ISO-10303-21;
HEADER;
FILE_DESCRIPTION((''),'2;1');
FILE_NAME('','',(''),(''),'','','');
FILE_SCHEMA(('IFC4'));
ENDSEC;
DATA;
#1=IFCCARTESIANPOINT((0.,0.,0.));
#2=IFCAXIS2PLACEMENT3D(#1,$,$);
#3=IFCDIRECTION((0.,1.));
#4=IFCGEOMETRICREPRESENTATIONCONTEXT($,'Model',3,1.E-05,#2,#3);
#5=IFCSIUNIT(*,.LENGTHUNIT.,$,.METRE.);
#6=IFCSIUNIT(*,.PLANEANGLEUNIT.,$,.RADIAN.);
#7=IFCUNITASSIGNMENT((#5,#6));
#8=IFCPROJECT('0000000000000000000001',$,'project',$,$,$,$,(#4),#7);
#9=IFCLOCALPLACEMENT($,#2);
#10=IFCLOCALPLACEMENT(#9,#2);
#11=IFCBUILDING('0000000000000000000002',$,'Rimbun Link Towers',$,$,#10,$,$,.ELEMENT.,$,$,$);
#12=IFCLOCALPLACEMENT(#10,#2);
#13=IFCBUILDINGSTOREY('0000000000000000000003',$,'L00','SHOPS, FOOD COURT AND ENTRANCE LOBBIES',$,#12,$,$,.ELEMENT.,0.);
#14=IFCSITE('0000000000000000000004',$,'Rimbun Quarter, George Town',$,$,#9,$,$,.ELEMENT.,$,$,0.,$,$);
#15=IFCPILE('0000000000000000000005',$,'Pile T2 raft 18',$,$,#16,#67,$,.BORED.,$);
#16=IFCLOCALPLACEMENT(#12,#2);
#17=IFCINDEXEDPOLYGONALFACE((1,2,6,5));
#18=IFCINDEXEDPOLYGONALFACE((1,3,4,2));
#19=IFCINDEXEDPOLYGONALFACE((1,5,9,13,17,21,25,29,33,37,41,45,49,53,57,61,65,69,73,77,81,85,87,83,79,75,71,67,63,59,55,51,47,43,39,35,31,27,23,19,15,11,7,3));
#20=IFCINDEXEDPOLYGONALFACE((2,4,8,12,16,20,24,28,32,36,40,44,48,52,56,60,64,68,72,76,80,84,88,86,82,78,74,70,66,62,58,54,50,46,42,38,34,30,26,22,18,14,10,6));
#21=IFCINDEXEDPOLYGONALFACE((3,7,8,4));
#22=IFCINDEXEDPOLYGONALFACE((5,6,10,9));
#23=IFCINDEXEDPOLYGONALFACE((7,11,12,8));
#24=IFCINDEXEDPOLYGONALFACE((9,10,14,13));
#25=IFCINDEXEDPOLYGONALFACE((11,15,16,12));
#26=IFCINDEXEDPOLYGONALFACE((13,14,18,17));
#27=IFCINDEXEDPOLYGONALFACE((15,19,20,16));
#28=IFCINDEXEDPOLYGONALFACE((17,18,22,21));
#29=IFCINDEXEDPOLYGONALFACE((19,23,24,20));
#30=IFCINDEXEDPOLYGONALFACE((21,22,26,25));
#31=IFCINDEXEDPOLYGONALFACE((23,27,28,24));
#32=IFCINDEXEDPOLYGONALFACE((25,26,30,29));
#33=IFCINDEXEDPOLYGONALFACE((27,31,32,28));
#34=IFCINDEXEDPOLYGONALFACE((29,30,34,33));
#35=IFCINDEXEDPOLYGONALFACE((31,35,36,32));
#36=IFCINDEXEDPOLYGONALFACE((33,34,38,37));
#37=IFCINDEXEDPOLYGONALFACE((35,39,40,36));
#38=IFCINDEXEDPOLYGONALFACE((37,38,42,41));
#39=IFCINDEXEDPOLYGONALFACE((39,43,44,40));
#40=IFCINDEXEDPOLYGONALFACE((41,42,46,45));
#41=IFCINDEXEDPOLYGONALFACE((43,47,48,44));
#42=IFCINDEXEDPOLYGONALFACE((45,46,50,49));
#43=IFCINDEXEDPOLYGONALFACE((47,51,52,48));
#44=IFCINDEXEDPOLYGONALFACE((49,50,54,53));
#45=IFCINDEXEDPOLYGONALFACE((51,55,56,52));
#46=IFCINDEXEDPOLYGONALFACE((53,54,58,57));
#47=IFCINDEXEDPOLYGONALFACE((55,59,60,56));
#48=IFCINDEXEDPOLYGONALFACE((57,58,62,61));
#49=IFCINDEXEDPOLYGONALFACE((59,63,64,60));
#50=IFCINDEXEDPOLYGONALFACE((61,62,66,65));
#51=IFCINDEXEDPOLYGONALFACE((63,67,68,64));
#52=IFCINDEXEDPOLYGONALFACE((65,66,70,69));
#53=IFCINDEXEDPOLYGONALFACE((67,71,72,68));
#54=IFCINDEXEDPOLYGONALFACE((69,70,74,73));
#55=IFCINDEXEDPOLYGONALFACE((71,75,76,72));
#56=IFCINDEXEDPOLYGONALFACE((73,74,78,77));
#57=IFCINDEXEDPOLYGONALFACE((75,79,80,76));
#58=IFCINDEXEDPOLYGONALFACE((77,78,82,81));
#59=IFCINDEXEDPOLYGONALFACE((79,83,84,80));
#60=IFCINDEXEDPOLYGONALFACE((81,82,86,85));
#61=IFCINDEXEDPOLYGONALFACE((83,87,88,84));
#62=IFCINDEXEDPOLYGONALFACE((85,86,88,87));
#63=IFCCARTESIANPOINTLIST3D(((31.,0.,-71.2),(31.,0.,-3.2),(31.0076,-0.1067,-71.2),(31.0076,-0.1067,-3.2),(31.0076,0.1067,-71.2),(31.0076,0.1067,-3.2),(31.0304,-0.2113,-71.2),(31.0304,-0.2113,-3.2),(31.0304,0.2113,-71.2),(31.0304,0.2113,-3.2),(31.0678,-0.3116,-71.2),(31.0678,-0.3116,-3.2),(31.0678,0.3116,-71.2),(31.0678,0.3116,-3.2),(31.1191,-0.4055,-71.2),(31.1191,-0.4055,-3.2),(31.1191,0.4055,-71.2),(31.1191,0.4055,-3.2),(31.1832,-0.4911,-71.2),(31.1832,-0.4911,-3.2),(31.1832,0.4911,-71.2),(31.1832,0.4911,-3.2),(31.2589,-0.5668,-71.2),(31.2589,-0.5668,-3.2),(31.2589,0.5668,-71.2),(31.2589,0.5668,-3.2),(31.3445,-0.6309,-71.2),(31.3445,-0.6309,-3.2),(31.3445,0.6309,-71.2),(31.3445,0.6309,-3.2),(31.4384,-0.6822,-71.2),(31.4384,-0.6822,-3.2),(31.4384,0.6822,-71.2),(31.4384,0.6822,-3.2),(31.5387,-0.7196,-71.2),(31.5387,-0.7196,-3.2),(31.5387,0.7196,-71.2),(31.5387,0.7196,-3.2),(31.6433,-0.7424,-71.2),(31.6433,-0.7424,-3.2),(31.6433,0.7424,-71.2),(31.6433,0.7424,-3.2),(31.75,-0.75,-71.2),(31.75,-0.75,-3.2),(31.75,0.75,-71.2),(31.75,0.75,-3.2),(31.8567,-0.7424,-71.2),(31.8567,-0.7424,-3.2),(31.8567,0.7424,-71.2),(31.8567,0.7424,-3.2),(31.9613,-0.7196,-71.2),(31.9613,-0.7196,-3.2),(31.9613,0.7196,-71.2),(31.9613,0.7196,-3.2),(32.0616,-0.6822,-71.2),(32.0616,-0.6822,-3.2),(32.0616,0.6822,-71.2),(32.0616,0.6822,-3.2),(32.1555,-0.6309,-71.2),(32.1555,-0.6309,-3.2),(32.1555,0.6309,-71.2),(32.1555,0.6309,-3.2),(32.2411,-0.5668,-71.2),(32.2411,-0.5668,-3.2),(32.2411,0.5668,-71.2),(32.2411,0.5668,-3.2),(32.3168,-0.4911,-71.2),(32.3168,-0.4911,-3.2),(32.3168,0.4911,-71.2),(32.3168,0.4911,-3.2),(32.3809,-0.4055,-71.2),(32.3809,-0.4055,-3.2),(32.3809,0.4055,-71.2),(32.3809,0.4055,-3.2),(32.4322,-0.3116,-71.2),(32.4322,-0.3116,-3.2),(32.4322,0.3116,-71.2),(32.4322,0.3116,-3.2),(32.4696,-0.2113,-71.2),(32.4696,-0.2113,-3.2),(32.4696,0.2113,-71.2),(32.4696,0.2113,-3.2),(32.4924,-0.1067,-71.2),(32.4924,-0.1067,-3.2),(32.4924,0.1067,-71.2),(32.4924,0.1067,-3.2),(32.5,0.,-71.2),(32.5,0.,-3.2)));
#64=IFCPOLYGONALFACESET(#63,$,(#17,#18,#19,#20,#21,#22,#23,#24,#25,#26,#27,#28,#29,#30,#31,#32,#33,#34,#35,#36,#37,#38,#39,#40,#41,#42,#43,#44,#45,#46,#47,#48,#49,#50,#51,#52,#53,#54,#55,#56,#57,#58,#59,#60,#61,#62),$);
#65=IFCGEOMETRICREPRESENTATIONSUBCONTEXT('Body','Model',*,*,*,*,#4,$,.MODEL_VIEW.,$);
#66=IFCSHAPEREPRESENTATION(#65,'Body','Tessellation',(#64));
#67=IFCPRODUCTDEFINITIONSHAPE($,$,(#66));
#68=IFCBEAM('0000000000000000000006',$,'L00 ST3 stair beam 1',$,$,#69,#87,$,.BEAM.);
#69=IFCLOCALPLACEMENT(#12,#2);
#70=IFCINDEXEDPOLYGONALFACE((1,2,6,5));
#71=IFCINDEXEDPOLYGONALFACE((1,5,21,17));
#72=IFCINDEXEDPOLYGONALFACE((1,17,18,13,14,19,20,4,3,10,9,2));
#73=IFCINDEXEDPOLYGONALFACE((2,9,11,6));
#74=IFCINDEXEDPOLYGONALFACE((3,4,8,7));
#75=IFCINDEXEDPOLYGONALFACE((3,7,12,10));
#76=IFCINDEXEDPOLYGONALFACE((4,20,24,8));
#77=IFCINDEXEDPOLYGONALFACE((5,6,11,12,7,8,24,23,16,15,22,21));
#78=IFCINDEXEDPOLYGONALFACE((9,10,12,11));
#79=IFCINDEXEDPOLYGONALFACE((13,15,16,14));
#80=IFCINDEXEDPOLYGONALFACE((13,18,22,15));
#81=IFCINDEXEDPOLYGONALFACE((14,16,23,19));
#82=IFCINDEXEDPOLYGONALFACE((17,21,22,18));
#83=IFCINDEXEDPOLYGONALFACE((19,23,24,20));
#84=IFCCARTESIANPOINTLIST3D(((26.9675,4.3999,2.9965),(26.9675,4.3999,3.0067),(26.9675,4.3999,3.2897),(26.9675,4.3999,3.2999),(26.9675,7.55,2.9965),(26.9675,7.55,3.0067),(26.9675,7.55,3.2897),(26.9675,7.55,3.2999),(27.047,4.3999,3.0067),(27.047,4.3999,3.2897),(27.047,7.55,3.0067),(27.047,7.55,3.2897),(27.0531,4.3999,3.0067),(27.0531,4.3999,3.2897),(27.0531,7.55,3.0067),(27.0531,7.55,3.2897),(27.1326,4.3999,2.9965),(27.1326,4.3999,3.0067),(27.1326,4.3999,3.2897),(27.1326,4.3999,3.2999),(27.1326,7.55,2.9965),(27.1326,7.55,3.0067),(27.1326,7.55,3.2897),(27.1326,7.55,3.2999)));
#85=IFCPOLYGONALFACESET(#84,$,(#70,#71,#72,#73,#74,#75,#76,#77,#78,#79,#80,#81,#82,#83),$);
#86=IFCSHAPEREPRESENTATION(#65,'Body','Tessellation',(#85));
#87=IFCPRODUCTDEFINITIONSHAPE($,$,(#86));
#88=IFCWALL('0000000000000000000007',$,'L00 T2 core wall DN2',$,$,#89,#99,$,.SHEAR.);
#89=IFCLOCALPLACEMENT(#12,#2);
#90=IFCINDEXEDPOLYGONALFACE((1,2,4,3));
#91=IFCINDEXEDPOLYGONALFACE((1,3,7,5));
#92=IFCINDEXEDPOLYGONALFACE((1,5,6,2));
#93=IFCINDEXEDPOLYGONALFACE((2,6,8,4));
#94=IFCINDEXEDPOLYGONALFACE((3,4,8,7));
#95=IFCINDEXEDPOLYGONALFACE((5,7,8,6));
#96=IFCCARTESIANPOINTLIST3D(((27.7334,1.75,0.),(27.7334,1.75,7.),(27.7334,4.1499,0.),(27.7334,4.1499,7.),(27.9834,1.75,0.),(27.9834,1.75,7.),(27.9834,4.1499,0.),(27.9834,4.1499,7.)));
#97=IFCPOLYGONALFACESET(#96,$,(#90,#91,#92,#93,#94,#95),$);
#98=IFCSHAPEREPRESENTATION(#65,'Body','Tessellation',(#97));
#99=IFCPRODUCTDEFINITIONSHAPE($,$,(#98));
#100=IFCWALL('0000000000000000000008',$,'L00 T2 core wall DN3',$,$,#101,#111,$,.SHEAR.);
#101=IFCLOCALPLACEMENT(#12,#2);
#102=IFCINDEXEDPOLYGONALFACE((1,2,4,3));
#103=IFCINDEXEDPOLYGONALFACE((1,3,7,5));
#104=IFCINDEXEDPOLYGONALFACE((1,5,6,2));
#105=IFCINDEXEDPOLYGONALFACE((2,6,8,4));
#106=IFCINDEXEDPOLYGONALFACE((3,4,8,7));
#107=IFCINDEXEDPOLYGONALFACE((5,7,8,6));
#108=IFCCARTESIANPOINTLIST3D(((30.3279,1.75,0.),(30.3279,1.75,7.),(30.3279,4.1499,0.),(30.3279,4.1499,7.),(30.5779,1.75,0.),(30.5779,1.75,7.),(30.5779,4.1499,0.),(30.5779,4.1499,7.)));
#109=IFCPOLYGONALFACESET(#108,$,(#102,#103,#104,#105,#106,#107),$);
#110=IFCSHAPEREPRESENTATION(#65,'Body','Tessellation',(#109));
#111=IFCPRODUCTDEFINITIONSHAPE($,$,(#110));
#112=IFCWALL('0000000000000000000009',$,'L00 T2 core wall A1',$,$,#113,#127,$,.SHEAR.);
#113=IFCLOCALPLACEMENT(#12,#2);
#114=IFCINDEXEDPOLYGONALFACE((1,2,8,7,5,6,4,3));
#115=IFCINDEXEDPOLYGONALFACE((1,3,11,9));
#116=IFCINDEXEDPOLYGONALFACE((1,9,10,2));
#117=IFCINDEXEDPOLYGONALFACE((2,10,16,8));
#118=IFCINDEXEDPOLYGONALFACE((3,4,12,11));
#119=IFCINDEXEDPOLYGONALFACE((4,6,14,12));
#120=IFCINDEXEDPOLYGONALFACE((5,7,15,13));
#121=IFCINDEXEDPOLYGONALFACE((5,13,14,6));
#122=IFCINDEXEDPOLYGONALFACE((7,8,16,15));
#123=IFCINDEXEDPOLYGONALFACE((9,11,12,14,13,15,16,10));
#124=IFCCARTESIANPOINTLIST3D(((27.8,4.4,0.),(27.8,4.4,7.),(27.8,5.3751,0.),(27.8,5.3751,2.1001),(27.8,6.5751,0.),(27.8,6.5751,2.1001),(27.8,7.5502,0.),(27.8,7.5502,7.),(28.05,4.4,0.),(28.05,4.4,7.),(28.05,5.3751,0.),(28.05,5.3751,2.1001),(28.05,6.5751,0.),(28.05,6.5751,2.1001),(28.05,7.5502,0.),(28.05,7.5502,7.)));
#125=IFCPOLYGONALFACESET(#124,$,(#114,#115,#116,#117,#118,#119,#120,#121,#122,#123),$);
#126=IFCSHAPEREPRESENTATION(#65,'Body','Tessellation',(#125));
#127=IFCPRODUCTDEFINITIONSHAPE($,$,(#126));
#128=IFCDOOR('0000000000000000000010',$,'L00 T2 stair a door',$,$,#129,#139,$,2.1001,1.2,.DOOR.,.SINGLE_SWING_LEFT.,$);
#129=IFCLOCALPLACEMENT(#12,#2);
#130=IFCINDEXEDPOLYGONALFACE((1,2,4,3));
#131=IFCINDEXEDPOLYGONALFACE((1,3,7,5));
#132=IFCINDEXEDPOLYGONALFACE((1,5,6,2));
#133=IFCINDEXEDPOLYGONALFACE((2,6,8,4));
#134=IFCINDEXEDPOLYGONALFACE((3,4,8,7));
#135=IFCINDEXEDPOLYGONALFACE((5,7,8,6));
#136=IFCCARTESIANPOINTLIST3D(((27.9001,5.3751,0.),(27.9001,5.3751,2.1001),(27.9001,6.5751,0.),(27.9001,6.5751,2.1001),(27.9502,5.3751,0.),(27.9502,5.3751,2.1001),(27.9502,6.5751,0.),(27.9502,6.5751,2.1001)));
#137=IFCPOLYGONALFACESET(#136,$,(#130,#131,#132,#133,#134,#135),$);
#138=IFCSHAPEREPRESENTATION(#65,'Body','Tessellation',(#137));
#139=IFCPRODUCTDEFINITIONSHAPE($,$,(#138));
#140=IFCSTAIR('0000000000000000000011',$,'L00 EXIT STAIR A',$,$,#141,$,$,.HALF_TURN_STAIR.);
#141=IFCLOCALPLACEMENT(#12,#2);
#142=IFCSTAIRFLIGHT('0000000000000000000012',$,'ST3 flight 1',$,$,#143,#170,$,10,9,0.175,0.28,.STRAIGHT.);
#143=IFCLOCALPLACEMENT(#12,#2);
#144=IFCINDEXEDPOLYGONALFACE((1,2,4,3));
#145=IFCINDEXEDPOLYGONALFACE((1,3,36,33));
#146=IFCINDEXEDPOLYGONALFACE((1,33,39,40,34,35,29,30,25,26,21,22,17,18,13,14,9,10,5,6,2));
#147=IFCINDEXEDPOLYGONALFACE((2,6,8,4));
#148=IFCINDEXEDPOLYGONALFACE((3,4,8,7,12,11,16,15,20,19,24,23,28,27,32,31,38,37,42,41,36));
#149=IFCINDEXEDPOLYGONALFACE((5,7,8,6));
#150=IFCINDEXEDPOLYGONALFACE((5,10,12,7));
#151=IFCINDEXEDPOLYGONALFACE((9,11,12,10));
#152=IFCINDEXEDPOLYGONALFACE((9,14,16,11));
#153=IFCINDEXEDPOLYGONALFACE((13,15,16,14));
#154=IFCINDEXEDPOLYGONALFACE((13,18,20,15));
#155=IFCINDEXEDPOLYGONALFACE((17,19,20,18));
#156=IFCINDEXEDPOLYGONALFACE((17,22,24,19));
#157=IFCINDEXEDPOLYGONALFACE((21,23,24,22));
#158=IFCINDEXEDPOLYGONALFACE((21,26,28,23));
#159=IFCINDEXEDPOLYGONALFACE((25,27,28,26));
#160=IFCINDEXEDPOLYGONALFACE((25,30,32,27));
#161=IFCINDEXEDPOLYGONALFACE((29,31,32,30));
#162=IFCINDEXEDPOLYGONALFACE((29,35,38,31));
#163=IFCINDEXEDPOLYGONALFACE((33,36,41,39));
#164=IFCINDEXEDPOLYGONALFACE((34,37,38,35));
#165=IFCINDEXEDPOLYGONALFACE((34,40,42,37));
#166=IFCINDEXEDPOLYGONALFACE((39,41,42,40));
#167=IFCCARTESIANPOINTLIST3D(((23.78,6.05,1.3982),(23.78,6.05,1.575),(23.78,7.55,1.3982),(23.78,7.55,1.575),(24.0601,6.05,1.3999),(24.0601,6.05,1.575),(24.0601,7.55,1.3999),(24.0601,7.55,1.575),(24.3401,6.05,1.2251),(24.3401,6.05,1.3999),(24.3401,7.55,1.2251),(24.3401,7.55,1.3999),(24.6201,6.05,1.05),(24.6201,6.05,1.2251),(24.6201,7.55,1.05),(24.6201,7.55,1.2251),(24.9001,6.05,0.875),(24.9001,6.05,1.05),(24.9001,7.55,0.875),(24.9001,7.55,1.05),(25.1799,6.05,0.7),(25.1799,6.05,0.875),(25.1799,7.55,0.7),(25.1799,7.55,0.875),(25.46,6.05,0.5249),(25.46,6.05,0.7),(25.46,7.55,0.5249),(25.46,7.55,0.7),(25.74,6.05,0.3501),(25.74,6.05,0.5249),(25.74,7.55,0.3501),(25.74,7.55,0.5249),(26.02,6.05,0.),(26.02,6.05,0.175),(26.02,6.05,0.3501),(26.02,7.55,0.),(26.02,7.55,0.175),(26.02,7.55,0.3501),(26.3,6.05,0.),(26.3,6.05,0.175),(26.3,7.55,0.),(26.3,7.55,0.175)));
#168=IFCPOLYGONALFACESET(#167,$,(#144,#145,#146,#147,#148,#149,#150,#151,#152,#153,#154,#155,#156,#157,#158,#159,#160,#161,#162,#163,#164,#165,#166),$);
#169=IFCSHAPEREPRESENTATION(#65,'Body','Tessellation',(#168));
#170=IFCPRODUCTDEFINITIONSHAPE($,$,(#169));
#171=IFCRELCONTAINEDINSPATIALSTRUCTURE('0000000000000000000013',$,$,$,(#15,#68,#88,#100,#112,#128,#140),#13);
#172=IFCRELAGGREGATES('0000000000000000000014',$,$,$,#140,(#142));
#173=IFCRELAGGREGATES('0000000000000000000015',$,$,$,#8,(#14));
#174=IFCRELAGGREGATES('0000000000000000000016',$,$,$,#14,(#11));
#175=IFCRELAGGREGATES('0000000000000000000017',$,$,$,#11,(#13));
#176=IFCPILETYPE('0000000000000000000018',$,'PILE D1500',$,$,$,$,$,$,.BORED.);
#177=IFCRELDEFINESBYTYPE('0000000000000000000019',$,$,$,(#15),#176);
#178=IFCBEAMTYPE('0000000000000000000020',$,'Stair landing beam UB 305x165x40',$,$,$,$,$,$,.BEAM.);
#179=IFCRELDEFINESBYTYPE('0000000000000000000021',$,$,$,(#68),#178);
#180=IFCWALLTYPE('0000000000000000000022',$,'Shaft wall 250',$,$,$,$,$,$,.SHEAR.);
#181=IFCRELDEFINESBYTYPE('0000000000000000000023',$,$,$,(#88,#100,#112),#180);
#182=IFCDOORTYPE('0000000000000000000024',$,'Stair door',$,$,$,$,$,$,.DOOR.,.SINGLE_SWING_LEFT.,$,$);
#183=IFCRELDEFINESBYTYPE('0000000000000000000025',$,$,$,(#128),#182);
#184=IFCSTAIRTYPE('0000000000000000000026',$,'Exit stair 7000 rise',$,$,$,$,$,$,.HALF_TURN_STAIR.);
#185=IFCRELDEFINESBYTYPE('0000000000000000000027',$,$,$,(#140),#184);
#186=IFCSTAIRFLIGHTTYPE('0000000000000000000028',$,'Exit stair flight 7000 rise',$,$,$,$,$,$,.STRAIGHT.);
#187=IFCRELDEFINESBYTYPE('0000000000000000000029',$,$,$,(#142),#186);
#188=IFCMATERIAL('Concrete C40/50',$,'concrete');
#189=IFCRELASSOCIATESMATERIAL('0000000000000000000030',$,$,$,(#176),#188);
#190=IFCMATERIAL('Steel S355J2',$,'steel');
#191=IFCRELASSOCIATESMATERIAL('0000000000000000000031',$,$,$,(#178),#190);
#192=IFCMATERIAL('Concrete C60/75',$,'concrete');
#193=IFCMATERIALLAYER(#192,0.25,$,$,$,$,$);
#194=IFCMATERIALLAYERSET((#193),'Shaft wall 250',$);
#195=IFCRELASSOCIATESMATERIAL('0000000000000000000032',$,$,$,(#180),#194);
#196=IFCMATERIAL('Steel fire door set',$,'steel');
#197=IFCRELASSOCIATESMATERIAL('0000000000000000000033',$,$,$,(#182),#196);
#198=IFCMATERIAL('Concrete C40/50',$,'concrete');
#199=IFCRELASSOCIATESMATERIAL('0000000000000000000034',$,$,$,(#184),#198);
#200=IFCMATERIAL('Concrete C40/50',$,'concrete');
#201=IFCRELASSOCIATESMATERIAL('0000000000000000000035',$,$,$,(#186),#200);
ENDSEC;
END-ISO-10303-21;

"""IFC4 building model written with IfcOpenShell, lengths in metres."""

from ifc_helpers import new_model, si_unit, direction, frame, frame_2d, origin, origin_2d, place, context, subcontext, project, spatial, polyline, rectangle, circle, i_section, outline, extrude, material, layer, layer_set, material_profile, profile_set, type_object, element, fill, aggregate, save


model = new_model("IFC4")

# Units and contexts
model_context = context("Model", 3, precision=1e-05, world=origin(), true_north=direction((0.0, 1.0)))
body_context = subcontext(model_context, "Body", "Model", "MODEL_VIEW")
ifc_project = project(units=[si_unit("LENGTHUNIT", "METRE"), si_unit("PLANEANGLEUNIT", "RADIAN")], contexts=[model_context])

# Site, building, storey
site_placement = place(None, origin())
site = spatial("IfcSite", under=ifc_project, at=site_placement, Name="Rimbun Quarter, George Town", CompositionType="ELEMENT", RefElevation=0.0)
building_placement = place(site_placement, origin())
building = spatial("IfcBuilding", under=site, at=building_placement, Name="Rimbun Link Towers", CompositionType="ELEMENT")
storey_placement = place(building_placement, origin())
storey = spatial("IfcBuildingStorey", under=building, at=storey_placement, Name="L00", Description="SHOPS, FOOD COURT AND ENTRANCE LOBBIES", CompositionType="ELEMENT", Elevation=0.0)

# Pile
ifc_material_1 = material(Name="Concrete C40/50", Category="concrete")
ifc_material_profile_1 = material_profile(ifc_material_1, circle(Radius=0.75, at=origin_2d()), Name="PILE D1500")
ifc_profile_set_1 = profile_set([ifc_material_profile_1], Name="Concrete C40/50")
pile_type = type_object("IfcPileType", Name="PILE D1500", PredefinedType="BORED", material=ifc_profile_set_1)
for number, where, z_axis, x_axis, name in (
    (1, (31.75, 0.0, -3.2), (0.0, 0.0, -1.0), (1.0, 0.0, 0.0), "Pile T2 raft 18"),
):
    element("IfcPile", number, at=place(storey_placement, frame(where, z_axis=z_axis, x_axis=x_axis)), inside=storey, type_object=pile_type, Name=name, PredefinedType="BORED", context=body_context, shape_type="SweptSolid", body=[
        extrude(circle(Radius=0.75, at=origin_2d()), origin(), (0.0, 0.0, 1.0), 68.0),
    ])

# Beam
ifc_material_2 = material(Name="Steel S355J2", Category="steel")
ifc_material_profile_2 = material_profile(ifc_material_2, i_section(OverallWidth=0.165, OverallDepth=0.3035, WebThickness=0.0061, FlangeThickness=0.0103, at=origin_2d()), Name="UB 305x165x40")
ifc_profile_set_2 = profile_set([ifc_material_profile_2], Name="Steel S355J2")
beam_type = type_object("IfcBeamType", Name="Stair landing beam UB 305x165x40", PredefinedType="BEAM", material=ifc_profile_set_2)
beam_placement = place(storey_placement, frame((27.05, 7.55, 3.1482), z_axis=(0.0, -1.0, 0.0), x_axis=(1.0, 0.0, 0.0)))
element("IfcBeam", 2, at=beam_placement, inside=storey, type_object=beam_type, Name="L00 ST3 stair beam 1", PredefinedType="BEAM", context=body_context, shape_type="SweptSolid", body=[
    extrude(i_section(OverallWidth=0.165, OverallDepth=0.3035, WebThickness=0.0061, FlangeThickness=0.0103, at=origin_2d()), origin(), (0.0, 0.0, 1.0), 3.1501),
])

# Walls
ifc_material_3 = material(Name="Concrete C60/75", Category="concrete")
ifc_layer = layer(ifc_material_3, 0.25)
ifc_layer_set = layer_set([ifc_layer], Name="Shaft wall 250")
wall_type = type_object("IfcWallType", Name="Shaft wall 250", PredefinedType="SHEAR", material=ifc_layer_set)
for number, where, z_axis, x_axis, name in (
    (3, (27.8584, 1.75, 0.0), (0.0, 0.0, 1.0), (0.0, 1.0, 0.0), "L00 T2 core wall DN2"),
    (4, (30.4529, 1.75, 0.0), (0.0, 0.0, 1.0), (0.0, 1.0, 0.0), "L00 T2 core wall DN3"),
):
    element("IfcWall", number, at=place(storey_placement, frame(where, z_axis=z_axis, x_axis=x_axis)), inside=storey, type_object=wall_type, Name=name, PredefinedType="SHEAR", context=body_context, shape_type="SweptSolid", body=[
        extrude(rectangle(XDim=2.3999, YDim=0.25, at=frame_2d((1.2, 0.0))), origin(), (0.0, 0.0, 1.0), 7.0),
    ])

# Wall, opening, door
wall_placement = place(storey_placement, frame((27.925, 4.3999, 0.0), z_axis=(0.0, 0.0, 1.0), x_axis=(0.0, 1.0, 0.0)))
wall = element("IfcWall", 5, at=wall_placement, inside=storey, type_object=wall_type, Name="L00 T2 core wall A1", PredefinedType="SHEAR", context=body_context, shape_type="SweptSolid", body=[
    extrude(rectangle(XDim=3.1501, YDim=0.25, at=frame_2d((1.5752, 0.0))), origin(), (0.0, 0.0, 1.0), 7.0),
])
opening_placement = place(wall_placement, frame((0.9751, 0.0, 0.0)))
opening = element("IfcOpeningElement", 6, at=opening_placement, cuts=wall, PredefinedType="OPENING", context=body_context, shape_type="SweptSolid", body=[
    extrude(rectangle(XDim=1.2, YDim=2.1001, at=frame_2d((0.6001, 1.05))), frame((0.0, 0.135, 0.0), z_axis=(0.0, -1.0, 0.0), x_axis=(1.0, 0.0, 0.0)), (0.0, 0.0, 1.0), 0.27),
])
ifc_material_4 = material(Name="Steel fire door set", Category="steel")
door_type = type_object("IfcDoorType", Name="Stair door", OperationType="SINGLE_SWING_LEFT", PredefinedType="DOOR", material=ifc_material_4)
door_placement = place(opening_placement, origin())
door = element("IfcDoor", 7, at=door_placement, inside=storey, type_object=door_type, Name="L00 T2 stair a door", OperationType="SINGLE_SWING_LEFT", OverallHeight=2.1001, OverallWidth=1.2, PredefinedType="DOOR", context=body_context, shape_type="SweptSolid", body=[
    extrude(rectangle(XDim=1.2, YDim=2.1001, at=frame_2d((0.6001, 1.05))), frame((0.0, 0.0249, 0.0), z_axis=(0.0, -1.0, 0.0), x_axis=(1.0, 0.0, 0.0)), (0.0, 0.0, 1.0), 0.05),
])
fill(opening, door)

# Stair, stair flight
ifc_material_5 = material(Name="Concrete C40/50", Category="concrete")
stair_type = type_object("IfcStairType", Name="Exit stair 7000 rise", PredefinedType="HALF_TURN_STAIR", material=ifc_material_5)
stair_placement = place(storey_placement, origin())
stair = element("IfcStair", 8, at=stair_placement, inside=storey, type_object=stair_type, Name="L00 EXIT STAIR A", PredefinedType="HALF_TURN_STAIR")
ifc_material_6 = material(Name="Concrete C40/50", Category="concrete")
stair_flight_type = type_object("IfcStairFlightType", Name="Exit stair flight 7000 rise", PredefinedType="STRAIGHT", material=ifc_material_6)
stair_flight_1_placement = place(storey_placement, frame((26.3, 6.8, 0.0), z_axis=(0.0, 0.0, 1.0), x_axis=(-1.0, 0.0, 0.0)))
stair_flight_1 = element("IfcStairFlight", 9, at=stair_flight_1_placement, type_object=stair_flight_type, Name="ST3 flight 1", NumberOfRisers=10, NumberOfTreads=9, PredefinedType="STRAIGHT", RiserHeight=0.175, TreadLength=0.28, context=body_context, shape_type="SweptSolid", body=[
    extrude(outline(polyline([(0.0, 0.0), (0.0, 0.175), (0.28, 0.175), (0.28, 0.3501), (0.5601, 0.3501), (0.5601, 0.5249), (0.8401, 0.5249), (0.8401, 0.7), (1.1201, 0.7), (1.1201, 0.875), (1.3999, 0.875), (1.3999, 1.05), (1.6799, 1.05), (1.6799, 1.2251), (1.96, 1.2251), (1.96, 1.3999), (2.24, 1.3999), (2.24, 1.575), (2.52, 1.575), (2.52, 1.75), (2.52, 1.3982), (0.28, 0.0), (0.0, 0.0)])), frame((0.0, 0.75, 0.0), z_axis=(0.0, -1.0, 0.0), x_axis=(1.0, 0.0, 0.0)), (0.0, 0.0, 1.0), 1.5),
])
aggregate(stair, [stair_flight_1])

save(model, "model.ifc")
